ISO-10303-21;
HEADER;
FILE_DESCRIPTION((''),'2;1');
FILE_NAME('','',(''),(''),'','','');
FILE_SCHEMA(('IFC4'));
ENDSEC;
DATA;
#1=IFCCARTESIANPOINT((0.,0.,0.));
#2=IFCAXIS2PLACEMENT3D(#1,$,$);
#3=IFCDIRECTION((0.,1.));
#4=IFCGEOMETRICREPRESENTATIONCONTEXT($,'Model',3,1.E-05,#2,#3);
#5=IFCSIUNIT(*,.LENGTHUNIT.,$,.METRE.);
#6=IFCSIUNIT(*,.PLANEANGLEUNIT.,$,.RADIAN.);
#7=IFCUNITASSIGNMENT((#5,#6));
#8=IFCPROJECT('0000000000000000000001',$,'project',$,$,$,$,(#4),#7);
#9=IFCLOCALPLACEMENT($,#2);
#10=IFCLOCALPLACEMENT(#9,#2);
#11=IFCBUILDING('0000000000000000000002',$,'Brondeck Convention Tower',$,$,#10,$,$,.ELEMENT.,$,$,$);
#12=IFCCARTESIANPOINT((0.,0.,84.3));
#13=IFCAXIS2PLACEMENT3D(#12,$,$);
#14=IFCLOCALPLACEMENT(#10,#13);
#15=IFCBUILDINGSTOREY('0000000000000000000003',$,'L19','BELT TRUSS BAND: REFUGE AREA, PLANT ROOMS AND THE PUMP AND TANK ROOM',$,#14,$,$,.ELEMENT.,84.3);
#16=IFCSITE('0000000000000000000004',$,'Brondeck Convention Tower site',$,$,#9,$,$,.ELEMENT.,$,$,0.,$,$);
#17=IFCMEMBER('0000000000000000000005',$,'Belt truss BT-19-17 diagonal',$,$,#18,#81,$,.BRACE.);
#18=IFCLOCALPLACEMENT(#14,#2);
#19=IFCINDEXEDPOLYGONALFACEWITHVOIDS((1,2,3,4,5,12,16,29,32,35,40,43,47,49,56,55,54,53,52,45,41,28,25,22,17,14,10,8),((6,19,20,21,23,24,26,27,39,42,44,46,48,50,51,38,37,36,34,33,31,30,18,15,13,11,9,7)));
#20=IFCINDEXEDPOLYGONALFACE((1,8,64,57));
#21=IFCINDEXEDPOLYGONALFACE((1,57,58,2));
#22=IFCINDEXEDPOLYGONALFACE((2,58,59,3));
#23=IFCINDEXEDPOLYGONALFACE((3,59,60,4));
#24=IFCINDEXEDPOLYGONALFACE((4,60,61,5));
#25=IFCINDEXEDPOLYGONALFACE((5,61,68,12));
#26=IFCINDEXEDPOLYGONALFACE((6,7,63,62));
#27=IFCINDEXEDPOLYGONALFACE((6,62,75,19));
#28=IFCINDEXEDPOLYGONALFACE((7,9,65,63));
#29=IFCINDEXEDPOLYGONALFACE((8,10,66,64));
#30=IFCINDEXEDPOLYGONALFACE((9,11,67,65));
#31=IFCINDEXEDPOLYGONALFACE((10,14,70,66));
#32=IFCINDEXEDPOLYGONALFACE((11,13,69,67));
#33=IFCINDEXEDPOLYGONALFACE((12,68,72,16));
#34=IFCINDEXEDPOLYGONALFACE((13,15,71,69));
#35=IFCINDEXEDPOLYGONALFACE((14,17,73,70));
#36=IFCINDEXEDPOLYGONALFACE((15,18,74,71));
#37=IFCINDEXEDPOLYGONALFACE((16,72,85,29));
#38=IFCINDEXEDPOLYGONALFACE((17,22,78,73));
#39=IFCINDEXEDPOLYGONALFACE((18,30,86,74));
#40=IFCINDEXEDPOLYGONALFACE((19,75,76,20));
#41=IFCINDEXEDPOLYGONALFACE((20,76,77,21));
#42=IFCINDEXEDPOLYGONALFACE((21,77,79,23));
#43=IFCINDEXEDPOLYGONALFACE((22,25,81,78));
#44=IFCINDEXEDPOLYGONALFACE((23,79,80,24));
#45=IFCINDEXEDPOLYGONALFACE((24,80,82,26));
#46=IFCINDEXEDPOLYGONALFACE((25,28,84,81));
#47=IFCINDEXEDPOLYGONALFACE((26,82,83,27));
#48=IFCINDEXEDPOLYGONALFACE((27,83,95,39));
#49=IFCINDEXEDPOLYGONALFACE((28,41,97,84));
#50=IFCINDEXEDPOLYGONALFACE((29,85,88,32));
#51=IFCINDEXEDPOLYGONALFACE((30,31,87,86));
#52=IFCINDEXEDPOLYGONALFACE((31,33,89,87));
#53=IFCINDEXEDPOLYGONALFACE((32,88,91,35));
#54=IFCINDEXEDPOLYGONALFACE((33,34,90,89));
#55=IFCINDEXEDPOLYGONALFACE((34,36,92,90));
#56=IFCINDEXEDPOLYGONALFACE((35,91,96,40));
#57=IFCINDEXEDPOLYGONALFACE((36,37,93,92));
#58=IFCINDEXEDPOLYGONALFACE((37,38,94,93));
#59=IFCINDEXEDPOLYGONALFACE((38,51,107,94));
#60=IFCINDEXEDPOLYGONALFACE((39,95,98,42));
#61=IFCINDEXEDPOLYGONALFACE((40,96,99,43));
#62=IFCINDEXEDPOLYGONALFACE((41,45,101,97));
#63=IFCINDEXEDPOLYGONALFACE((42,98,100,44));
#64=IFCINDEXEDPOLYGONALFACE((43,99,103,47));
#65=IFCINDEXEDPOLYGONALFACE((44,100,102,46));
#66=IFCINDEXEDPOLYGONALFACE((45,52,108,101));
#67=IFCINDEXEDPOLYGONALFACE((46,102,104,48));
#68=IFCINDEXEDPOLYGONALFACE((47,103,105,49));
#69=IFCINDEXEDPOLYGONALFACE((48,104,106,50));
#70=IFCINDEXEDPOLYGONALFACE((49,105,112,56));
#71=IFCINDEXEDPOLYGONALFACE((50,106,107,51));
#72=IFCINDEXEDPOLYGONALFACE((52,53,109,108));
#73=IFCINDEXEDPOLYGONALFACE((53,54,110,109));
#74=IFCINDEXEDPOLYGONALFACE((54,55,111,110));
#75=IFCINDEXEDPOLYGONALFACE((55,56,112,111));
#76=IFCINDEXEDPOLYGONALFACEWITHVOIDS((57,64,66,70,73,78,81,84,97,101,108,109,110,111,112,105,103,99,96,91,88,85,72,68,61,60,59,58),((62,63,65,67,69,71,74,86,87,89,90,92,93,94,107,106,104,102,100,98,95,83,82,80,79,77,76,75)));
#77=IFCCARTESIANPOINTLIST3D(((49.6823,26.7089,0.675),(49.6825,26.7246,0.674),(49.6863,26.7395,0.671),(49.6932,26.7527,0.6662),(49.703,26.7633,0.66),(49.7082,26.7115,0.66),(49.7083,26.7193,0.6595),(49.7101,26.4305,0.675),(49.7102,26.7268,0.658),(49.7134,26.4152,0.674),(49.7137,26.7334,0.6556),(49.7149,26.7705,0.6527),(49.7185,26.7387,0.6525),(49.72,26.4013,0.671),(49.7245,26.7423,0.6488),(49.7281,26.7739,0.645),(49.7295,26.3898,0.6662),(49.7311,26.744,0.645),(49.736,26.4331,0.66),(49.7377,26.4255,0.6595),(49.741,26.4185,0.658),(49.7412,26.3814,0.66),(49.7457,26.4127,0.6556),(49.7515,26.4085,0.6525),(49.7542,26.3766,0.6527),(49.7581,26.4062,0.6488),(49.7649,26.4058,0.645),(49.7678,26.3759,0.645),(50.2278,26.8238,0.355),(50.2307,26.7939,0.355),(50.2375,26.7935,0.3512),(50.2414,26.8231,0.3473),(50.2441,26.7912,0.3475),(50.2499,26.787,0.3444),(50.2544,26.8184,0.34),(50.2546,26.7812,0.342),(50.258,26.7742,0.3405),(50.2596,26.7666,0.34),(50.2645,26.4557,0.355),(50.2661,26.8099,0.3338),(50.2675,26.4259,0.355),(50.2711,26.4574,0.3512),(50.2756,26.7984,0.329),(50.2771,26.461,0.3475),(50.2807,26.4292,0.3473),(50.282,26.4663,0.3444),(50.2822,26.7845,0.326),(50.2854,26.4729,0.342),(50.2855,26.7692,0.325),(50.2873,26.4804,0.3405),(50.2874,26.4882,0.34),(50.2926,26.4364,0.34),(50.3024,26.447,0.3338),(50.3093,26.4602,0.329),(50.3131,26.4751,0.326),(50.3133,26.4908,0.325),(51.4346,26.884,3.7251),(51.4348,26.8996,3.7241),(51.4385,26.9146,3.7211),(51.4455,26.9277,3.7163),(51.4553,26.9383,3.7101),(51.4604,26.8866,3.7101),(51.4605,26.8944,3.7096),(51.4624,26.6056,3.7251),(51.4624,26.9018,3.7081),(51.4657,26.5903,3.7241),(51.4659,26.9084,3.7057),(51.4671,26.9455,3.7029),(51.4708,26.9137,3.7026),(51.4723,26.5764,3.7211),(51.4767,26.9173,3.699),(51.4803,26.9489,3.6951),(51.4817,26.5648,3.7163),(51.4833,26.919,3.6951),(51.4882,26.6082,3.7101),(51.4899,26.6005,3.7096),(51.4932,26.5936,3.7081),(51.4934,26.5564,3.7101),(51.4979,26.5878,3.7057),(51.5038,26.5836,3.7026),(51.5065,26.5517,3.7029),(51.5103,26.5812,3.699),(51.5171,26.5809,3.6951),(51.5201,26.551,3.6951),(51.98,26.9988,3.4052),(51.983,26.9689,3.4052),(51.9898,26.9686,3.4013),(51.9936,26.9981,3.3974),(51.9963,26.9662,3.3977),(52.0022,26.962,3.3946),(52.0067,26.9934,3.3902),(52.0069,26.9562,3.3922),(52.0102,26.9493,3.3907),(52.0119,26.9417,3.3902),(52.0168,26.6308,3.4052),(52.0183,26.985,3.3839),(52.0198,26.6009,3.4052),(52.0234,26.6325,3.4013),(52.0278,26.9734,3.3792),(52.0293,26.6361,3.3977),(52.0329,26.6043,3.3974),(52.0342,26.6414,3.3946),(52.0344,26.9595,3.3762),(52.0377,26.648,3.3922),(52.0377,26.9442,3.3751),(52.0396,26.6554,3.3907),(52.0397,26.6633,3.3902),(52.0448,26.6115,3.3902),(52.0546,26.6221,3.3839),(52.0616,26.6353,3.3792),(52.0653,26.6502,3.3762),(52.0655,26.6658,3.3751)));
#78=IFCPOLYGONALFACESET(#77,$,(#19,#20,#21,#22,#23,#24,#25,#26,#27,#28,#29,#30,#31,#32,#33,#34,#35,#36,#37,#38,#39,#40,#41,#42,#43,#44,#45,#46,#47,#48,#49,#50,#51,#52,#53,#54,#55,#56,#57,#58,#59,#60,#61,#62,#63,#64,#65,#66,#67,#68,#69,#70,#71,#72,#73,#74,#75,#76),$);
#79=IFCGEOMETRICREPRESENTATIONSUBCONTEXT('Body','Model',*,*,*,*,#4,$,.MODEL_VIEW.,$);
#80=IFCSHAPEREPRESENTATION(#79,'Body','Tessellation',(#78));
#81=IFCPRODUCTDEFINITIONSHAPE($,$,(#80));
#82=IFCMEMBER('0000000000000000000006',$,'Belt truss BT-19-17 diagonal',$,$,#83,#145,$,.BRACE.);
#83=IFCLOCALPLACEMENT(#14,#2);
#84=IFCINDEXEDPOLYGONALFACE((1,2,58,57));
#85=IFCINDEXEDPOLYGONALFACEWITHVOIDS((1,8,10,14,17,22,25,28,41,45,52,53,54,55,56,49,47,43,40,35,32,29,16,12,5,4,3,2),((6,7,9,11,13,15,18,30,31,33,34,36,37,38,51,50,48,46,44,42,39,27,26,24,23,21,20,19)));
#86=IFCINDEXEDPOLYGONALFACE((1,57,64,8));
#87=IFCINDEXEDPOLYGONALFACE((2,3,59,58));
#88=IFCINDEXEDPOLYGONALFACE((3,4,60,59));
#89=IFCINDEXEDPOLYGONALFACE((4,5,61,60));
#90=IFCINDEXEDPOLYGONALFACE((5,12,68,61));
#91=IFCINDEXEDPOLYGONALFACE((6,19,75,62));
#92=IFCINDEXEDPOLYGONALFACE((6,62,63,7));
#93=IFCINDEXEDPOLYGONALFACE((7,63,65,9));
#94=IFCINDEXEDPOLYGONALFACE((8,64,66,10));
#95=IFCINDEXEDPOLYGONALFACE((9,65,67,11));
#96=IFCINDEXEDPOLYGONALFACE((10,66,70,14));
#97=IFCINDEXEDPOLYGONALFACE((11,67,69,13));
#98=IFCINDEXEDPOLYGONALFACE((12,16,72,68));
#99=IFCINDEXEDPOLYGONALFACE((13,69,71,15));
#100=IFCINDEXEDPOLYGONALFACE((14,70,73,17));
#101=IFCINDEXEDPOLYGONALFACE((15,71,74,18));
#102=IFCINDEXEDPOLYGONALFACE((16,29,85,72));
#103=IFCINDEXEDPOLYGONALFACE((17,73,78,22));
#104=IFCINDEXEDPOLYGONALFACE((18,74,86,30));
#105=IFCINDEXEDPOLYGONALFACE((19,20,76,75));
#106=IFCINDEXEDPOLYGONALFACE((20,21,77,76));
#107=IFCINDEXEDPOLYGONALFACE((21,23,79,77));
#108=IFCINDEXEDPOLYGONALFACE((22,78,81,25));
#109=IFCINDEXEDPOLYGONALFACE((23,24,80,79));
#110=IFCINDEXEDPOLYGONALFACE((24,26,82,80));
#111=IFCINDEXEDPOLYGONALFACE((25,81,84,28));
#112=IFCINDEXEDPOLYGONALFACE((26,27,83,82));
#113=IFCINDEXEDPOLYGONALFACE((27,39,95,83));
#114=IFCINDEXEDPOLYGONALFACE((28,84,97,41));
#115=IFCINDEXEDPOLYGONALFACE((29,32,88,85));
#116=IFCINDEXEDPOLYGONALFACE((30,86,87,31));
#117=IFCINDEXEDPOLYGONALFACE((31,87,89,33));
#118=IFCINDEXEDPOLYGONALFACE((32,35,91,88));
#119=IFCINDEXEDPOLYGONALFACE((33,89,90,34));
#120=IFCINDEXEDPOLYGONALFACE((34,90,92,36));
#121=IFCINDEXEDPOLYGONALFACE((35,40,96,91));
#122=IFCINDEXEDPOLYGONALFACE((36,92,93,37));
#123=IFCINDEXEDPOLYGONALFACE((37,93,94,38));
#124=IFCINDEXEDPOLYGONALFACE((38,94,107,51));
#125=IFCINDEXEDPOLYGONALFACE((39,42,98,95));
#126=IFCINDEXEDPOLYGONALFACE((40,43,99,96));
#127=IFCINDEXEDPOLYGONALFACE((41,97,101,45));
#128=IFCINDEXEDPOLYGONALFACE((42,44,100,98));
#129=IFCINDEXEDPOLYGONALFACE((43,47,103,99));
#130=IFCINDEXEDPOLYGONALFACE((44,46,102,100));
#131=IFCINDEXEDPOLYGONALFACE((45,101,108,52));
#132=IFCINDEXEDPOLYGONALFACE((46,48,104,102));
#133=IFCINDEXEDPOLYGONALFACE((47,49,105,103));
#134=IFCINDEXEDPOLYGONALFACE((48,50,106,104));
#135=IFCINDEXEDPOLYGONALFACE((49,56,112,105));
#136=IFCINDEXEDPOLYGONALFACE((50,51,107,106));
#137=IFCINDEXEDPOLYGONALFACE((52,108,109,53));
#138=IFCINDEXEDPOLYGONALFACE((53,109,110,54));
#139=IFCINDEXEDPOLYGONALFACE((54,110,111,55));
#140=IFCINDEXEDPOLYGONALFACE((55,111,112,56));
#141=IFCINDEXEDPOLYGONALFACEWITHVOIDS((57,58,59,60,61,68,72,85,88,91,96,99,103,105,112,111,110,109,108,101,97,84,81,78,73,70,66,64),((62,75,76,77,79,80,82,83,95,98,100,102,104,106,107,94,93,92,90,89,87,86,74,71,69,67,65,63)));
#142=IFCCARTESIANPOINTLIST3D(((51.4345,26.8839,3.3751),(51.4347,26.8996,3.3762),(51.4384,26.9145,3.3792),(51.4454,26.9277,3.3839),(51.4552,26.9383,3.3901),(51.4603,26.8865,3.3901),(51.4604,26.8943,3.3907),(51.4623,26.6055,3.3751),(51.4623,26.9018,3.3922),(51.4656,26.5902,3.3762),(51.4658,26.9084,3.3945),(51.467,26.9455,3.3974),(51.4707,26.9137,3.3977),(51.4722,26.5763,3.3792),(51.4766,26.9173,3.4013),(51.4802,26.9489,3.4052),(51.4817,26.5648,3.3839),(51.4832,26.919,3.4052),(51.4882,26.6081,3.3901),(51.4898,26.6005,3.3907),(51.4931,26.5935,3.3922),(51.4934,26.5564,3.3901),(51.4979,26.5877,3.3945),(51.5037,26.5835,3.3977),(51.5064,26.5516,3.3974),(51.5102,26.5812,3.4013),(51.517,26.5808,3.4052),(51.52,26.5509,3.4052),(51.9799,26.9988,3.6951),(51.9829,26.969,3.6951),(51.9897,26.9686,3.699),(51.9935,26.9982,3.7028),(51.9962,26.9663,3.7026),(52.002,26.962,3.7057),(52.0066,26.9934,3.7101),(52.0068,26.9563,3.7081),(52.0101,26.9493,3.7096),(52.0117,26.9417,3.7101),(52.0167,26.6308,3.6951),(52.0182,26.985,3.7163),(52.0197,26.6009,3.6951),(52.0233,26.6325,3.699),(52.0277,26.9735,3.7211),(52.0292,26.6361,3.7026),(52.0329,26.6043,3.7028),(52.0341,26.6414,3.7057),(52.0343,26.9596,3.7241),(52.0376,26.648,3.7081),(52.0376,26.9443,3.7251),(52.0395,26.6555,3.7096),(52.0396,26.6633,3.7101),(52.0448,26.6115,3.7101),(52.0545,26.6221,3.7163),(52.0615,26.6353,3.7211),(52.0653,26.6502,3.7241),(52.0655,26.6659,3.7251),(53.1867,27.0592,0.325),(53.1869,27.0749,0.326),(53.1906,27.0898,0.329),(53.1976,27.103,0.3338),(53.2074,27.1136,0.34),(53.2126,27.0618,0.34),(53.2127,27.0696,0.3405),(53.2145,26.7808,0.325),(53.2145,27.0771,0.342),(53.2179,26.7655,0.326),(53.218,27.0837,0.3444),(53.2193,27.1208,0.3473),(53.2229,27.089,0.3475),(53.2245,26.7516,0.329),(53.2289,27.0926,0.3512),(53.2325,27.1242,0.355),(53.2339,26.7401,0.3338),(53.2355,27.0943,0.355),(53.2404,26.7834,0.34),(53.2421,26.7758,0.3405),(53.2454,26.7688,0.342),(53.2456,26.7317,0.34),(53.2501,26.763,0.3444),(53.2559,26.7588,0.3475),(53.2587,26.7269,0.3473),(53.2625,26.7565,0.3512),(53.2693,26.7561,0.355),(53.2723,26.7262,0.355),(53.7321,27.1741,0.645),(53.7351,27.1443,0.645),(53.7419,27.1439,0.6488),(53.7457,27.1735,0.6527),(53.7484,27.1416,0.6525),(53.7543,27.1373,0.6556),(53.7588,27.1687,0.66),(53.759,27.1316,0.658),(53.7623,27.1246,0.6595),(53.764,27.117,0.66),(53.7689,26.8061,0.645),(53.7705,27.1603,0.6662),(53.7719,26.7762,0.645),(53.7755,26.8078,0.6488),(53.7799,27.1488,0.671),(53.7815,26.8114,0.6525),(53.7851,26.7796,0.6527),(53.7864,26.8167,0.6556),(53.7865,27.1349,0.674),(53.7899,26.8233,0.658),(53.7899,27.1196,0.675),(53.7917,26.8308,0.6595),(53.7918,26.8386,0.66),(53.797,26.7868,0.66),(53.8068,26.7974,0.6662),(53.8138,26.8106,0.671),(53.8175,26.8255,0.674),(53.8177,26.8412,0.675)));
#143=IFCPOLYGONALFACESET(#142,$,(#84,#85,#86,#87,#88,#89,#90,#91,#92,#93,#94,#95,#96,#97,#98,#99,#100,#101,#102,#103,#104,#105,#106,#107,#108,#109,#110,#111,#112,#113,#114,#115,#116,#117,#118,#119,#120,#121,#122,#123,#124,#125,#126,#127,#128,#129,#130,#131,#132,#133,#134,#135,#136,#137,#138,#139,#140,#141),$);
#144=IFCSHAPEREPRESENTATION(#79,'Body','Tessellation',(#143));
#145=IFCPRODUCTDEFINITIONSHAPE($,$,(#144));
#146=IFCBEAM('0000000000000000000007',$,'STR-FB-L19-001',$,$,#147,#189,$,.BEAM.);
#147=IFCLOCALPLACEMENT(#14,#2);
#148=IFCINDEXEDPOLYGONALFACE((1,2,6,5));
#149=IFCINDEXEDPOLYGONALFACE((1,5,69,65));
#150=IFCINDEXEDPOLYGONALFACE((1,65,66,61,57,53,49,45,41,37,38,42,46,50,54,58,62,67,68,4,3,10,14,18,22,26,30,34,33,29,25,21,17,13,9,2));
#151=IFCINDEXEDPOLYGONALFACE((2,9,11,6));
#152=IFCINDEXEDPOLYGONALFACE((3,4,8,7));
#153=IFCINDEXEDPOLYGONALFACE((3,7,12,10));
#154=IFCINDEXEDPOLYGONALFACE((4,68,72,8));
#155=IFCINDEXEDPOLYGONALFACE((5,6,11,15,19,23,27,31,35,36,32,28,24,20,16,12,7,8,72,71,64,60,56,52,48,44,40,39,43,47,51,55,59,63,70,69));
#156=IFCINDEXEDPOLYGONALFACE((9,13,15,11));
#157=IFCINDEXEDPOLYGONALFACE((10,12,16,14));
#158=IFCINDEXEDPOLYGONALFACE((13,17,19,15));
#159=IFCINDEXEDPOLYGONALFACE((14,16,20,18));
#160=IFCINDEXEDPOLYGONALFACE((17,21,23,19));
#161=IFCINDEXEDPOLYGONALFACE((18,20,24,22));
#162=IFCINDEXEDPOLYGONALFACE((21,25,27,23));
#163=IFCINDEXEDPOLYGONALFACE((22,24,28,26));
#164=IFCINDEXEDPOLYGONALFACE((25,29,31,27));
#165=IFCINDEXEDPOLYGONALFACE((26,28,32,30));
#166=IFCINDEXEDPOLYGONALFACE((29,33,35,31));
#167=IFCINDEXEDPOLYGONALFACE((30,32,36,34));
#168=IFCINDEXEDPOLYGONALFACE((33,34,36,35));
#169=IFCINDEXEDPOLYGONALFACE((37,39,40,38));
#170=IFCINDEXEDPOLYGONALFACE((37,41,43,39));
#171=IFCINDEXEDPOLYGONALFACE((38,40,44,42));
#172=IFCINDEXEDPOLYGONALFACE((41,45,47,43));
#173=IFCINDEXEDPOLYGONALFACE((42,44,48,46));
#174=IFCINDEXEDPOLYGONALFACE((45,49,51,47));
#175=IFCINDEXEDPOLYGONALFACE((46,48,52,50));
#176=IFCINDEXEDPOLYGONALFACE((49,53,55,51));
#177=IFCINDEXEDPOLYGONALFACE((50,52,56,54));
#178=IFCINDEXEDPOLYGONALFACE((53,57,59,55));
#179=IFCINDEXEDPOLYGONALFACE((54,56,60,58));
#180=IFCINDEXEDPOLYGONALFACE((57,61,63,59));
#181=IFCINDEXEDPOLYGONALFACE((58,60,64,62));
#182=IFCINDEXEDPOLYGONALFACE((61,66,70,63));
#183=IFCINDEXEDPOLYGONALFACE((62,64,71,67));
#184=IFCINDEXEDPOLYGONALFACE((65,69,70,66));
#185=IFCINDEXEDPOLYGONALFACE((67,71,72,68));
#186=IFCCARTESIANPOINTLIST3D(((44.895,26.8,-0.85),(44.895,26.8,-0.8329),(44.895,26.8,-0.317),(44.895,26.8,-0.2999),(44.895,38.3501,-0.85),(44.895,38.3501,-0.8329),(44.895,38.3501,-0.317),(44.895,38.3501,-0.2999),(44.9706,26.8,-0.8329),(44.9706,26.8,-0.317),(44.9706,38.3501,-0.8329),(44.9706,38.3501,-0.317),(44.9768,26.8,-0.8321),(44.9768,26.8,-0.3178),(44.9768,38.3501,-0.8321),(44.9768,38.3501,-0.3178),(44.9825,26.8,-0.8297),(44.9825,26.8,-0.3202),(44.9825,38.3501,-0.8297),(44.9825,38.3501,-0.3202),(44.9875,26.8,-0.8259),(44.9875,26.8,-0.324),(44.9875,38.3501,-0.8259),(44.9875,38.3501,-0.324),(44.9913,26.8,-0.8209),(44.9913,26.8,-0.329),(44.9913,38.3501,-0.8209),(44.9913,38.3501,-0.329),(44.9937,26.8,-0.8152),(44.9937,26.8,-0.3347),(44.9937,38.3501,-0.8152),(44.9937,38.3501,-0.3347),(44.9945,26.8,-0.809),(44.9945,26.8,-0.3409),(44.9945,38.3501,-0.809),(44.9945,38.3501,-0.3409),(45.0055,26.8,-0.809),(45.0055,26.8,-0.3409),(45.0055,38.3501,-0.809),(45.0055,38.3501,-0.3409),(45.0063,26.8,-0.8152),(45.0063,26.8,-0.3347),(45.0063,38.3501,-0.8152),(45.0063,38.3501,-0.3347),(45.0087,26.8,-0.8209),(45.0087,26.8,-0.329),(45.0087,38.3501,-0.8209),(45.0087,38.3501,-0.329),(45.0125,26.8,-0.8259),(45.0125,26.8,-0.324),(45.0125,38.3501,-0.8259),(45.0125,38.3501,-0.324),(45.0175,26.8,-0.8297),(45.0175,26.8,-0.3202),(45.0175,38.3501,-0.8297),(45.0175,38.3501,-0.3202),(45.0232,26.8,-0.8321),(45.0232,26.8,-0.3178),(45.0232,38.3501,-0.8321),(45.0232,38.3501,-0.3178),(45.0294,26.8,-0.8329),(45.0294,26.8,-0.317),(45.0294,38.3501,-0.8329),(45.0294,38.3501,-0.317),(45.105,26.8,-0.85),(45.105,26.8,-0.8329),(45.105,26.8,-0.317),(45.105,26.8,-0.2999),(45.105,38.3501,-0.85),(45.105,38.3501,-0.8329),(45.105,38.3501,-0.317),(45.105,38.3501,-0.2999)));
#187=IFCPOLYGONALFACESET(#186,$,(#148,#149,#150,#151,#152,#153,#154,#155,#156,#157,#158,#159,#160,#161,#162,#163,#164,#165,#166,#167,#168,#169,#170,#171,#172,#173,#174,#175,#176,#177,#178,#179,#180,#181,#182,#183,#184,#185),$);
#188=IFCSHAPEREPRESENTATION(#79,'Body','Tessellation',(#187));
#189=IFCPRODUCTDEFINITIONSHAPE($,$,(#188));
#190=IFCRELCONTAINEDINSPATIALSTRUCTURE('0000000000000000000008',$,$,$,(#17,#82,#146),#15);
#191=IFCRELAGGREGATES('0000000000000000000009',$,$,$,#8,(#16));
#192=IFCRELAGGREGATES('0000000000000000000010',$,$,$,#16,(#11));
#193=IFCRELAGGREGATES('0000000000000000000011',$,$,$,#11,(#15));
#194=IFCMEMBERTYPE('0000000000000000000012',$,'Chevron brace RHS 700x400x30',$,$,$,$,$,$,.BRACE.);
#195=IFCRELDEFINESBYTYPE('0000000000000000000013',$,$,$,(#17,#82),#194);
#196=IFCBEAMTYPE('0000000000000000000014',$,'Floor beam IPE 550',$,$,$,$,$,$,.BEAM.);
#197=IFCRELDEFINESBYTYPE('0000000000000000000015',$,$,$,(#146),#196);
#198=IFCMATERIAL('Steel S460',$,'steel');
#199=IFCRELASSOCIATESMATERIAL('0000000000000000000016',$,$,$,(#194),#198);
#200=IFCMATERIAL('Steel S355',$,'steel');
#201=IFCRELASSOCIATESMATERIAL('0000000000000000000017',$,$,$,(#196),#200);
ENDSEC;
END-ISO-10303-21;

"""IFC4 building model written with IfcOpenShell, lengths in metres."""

from ifc_helpers import new_model, si_unit, direction, frame, origin, origin_2d, place, context, subcontext, project, spatial, hollow_rectangle, i_section, extrude, material, material_profile, profile_set, type_object, element, save


model = new_model("IFC4")

# Units and contexts
model_context = context("Model", 3, precision=1e-05, world=origin(), true_north=direction((0.0, 1.0)))
body_context = subcontext(model_context, "Body", "Model", "MODEL_VIEW")
ifc_project = project(units=[si_unit("LENGTHUNIT", "METRE"), si_unit("PLANEANGLEUNIT", "RADIAN")], contexts=[model_context])

# Site, building, storey
site_placement = place(None, origin())
site = spatial("IfcSite", under=ifc_project, at=site_placement, Name="Brondeck Convention Tower site", CompositionType="ELEMENT", RefElevation=0.0)
building_placement = place(site_placement, origin())
building = spatial("IfcBuilding", under=site, at=building_placement, Name="Brondeck Convention Tower", CompositionType="ELEMENT")
storey_placement = place(building_placement, frame((0.0, 0.0, 84.3)))
storey = spatial("IfcBuildingStorey", under=building, at=storey_placement, Name="L19", Description="BELT TRUSS BAND: REFUGE AREA, PLANT ROOMS AND THE PUMP AND TANK ROOM", CompositionType="ELEMENT", Elevation=84.3)

# Members
ifc_material_1 = material(Name="Steel S460", Category="steel")
ifc_material_profile_1 = material_profile(ifc_material_1, hollow_rectangle(XDim=0.3999, YDim=0.7, WallThickness=0.03, InnerFilletRadius=0.03, OuterFilletRadius=0.0601, at=origin_2d()), Name="RHS 700x400x30")
ifc_profile_set_1 = profile_set([ifc_material_profile_1], Name="Steel S460")
member_type_1 = type_object("IfcMemberType", Name="Chevron brace RHS 700x400x30", PredefinedType="BRACE", material=ifc_profile_set_1)
for number, where, z_axis, x_axis, name in (
    (1, (49.9978, 26.5999, 0.5), (0.497518, 0.049703, 0.866029), (-0.099408, 0.995047, 0.0), "Belt truss BT-19-17 diagonal"),
    (2, (53.5022, 26.9502, 0.5), (-0.497516, -0.049772, 0.866026), (0.099545, -0.995033, 0.0), "Belt truss BT-19-17 diagonal"),
):
    element("IfcMember", number, at=place(storey_placement, frame(where, z_axis=z_axis, x_axis=x_axis)), inside=storey, type_object=member_type_1, Name=name, PredefinedType="BRACE", context=body_context, shape_type="SweptSolid", body=[
        extrude(hollow_rectangle(XDim=0.3999, YDim=0.7, WallThickness=0.03, InnerFilletRadius=0.03, OuterFilletRadius=0.0601, at=origin_2d()), origin(), (0.0, 0.0, 1.0), 3.522),
    ])

# Beam
ifc_material_2 = material(Name="Steel S355", Category="steel")
ifc_material_profile_2 = material_profile(ifc_material_2, i_section(OverallWidth=0.21, OverallDepth=0.55, WebThickness=0.011, FlangeThickness=0.0171, FilletRadius=0.0239, at=origin_2d()), Name="IPE 550")
ifc_profile_set_2 = profile_set([ifc_material_profile_2], Name="Steel S355")
beam_type_1 = type_object("IfcBeamType", Name="Floor beam IPE 550", PredefinedType="BEAM", material=ifc_profile_set_2)
beam_1_placement = place(storey_placement, frame((45.0, 26.8, -0.575), z_axis=(0.0, 1.0, 0.0), x_axis=(-1.0, 0.0, 0.0)))
element("IfcBeam", 3, at=beam_1_placement, inside=storey, type_object=beam_type_1, Name="STR-FB-L19-001", PredefinedType="BEAM", context=body_context, shape_type="SweptSolid", body=[
    extrude(i_section(OverallWidth=0.21, OverallDepth=0.55, WebThickness=0.011, FlangeThickness=0.0171, FilletRadius=0.0239, at=origin_2d()), origin(), (0.0, 0.0, 1.0), 11.55),
])

save(model, "model.ifc")
